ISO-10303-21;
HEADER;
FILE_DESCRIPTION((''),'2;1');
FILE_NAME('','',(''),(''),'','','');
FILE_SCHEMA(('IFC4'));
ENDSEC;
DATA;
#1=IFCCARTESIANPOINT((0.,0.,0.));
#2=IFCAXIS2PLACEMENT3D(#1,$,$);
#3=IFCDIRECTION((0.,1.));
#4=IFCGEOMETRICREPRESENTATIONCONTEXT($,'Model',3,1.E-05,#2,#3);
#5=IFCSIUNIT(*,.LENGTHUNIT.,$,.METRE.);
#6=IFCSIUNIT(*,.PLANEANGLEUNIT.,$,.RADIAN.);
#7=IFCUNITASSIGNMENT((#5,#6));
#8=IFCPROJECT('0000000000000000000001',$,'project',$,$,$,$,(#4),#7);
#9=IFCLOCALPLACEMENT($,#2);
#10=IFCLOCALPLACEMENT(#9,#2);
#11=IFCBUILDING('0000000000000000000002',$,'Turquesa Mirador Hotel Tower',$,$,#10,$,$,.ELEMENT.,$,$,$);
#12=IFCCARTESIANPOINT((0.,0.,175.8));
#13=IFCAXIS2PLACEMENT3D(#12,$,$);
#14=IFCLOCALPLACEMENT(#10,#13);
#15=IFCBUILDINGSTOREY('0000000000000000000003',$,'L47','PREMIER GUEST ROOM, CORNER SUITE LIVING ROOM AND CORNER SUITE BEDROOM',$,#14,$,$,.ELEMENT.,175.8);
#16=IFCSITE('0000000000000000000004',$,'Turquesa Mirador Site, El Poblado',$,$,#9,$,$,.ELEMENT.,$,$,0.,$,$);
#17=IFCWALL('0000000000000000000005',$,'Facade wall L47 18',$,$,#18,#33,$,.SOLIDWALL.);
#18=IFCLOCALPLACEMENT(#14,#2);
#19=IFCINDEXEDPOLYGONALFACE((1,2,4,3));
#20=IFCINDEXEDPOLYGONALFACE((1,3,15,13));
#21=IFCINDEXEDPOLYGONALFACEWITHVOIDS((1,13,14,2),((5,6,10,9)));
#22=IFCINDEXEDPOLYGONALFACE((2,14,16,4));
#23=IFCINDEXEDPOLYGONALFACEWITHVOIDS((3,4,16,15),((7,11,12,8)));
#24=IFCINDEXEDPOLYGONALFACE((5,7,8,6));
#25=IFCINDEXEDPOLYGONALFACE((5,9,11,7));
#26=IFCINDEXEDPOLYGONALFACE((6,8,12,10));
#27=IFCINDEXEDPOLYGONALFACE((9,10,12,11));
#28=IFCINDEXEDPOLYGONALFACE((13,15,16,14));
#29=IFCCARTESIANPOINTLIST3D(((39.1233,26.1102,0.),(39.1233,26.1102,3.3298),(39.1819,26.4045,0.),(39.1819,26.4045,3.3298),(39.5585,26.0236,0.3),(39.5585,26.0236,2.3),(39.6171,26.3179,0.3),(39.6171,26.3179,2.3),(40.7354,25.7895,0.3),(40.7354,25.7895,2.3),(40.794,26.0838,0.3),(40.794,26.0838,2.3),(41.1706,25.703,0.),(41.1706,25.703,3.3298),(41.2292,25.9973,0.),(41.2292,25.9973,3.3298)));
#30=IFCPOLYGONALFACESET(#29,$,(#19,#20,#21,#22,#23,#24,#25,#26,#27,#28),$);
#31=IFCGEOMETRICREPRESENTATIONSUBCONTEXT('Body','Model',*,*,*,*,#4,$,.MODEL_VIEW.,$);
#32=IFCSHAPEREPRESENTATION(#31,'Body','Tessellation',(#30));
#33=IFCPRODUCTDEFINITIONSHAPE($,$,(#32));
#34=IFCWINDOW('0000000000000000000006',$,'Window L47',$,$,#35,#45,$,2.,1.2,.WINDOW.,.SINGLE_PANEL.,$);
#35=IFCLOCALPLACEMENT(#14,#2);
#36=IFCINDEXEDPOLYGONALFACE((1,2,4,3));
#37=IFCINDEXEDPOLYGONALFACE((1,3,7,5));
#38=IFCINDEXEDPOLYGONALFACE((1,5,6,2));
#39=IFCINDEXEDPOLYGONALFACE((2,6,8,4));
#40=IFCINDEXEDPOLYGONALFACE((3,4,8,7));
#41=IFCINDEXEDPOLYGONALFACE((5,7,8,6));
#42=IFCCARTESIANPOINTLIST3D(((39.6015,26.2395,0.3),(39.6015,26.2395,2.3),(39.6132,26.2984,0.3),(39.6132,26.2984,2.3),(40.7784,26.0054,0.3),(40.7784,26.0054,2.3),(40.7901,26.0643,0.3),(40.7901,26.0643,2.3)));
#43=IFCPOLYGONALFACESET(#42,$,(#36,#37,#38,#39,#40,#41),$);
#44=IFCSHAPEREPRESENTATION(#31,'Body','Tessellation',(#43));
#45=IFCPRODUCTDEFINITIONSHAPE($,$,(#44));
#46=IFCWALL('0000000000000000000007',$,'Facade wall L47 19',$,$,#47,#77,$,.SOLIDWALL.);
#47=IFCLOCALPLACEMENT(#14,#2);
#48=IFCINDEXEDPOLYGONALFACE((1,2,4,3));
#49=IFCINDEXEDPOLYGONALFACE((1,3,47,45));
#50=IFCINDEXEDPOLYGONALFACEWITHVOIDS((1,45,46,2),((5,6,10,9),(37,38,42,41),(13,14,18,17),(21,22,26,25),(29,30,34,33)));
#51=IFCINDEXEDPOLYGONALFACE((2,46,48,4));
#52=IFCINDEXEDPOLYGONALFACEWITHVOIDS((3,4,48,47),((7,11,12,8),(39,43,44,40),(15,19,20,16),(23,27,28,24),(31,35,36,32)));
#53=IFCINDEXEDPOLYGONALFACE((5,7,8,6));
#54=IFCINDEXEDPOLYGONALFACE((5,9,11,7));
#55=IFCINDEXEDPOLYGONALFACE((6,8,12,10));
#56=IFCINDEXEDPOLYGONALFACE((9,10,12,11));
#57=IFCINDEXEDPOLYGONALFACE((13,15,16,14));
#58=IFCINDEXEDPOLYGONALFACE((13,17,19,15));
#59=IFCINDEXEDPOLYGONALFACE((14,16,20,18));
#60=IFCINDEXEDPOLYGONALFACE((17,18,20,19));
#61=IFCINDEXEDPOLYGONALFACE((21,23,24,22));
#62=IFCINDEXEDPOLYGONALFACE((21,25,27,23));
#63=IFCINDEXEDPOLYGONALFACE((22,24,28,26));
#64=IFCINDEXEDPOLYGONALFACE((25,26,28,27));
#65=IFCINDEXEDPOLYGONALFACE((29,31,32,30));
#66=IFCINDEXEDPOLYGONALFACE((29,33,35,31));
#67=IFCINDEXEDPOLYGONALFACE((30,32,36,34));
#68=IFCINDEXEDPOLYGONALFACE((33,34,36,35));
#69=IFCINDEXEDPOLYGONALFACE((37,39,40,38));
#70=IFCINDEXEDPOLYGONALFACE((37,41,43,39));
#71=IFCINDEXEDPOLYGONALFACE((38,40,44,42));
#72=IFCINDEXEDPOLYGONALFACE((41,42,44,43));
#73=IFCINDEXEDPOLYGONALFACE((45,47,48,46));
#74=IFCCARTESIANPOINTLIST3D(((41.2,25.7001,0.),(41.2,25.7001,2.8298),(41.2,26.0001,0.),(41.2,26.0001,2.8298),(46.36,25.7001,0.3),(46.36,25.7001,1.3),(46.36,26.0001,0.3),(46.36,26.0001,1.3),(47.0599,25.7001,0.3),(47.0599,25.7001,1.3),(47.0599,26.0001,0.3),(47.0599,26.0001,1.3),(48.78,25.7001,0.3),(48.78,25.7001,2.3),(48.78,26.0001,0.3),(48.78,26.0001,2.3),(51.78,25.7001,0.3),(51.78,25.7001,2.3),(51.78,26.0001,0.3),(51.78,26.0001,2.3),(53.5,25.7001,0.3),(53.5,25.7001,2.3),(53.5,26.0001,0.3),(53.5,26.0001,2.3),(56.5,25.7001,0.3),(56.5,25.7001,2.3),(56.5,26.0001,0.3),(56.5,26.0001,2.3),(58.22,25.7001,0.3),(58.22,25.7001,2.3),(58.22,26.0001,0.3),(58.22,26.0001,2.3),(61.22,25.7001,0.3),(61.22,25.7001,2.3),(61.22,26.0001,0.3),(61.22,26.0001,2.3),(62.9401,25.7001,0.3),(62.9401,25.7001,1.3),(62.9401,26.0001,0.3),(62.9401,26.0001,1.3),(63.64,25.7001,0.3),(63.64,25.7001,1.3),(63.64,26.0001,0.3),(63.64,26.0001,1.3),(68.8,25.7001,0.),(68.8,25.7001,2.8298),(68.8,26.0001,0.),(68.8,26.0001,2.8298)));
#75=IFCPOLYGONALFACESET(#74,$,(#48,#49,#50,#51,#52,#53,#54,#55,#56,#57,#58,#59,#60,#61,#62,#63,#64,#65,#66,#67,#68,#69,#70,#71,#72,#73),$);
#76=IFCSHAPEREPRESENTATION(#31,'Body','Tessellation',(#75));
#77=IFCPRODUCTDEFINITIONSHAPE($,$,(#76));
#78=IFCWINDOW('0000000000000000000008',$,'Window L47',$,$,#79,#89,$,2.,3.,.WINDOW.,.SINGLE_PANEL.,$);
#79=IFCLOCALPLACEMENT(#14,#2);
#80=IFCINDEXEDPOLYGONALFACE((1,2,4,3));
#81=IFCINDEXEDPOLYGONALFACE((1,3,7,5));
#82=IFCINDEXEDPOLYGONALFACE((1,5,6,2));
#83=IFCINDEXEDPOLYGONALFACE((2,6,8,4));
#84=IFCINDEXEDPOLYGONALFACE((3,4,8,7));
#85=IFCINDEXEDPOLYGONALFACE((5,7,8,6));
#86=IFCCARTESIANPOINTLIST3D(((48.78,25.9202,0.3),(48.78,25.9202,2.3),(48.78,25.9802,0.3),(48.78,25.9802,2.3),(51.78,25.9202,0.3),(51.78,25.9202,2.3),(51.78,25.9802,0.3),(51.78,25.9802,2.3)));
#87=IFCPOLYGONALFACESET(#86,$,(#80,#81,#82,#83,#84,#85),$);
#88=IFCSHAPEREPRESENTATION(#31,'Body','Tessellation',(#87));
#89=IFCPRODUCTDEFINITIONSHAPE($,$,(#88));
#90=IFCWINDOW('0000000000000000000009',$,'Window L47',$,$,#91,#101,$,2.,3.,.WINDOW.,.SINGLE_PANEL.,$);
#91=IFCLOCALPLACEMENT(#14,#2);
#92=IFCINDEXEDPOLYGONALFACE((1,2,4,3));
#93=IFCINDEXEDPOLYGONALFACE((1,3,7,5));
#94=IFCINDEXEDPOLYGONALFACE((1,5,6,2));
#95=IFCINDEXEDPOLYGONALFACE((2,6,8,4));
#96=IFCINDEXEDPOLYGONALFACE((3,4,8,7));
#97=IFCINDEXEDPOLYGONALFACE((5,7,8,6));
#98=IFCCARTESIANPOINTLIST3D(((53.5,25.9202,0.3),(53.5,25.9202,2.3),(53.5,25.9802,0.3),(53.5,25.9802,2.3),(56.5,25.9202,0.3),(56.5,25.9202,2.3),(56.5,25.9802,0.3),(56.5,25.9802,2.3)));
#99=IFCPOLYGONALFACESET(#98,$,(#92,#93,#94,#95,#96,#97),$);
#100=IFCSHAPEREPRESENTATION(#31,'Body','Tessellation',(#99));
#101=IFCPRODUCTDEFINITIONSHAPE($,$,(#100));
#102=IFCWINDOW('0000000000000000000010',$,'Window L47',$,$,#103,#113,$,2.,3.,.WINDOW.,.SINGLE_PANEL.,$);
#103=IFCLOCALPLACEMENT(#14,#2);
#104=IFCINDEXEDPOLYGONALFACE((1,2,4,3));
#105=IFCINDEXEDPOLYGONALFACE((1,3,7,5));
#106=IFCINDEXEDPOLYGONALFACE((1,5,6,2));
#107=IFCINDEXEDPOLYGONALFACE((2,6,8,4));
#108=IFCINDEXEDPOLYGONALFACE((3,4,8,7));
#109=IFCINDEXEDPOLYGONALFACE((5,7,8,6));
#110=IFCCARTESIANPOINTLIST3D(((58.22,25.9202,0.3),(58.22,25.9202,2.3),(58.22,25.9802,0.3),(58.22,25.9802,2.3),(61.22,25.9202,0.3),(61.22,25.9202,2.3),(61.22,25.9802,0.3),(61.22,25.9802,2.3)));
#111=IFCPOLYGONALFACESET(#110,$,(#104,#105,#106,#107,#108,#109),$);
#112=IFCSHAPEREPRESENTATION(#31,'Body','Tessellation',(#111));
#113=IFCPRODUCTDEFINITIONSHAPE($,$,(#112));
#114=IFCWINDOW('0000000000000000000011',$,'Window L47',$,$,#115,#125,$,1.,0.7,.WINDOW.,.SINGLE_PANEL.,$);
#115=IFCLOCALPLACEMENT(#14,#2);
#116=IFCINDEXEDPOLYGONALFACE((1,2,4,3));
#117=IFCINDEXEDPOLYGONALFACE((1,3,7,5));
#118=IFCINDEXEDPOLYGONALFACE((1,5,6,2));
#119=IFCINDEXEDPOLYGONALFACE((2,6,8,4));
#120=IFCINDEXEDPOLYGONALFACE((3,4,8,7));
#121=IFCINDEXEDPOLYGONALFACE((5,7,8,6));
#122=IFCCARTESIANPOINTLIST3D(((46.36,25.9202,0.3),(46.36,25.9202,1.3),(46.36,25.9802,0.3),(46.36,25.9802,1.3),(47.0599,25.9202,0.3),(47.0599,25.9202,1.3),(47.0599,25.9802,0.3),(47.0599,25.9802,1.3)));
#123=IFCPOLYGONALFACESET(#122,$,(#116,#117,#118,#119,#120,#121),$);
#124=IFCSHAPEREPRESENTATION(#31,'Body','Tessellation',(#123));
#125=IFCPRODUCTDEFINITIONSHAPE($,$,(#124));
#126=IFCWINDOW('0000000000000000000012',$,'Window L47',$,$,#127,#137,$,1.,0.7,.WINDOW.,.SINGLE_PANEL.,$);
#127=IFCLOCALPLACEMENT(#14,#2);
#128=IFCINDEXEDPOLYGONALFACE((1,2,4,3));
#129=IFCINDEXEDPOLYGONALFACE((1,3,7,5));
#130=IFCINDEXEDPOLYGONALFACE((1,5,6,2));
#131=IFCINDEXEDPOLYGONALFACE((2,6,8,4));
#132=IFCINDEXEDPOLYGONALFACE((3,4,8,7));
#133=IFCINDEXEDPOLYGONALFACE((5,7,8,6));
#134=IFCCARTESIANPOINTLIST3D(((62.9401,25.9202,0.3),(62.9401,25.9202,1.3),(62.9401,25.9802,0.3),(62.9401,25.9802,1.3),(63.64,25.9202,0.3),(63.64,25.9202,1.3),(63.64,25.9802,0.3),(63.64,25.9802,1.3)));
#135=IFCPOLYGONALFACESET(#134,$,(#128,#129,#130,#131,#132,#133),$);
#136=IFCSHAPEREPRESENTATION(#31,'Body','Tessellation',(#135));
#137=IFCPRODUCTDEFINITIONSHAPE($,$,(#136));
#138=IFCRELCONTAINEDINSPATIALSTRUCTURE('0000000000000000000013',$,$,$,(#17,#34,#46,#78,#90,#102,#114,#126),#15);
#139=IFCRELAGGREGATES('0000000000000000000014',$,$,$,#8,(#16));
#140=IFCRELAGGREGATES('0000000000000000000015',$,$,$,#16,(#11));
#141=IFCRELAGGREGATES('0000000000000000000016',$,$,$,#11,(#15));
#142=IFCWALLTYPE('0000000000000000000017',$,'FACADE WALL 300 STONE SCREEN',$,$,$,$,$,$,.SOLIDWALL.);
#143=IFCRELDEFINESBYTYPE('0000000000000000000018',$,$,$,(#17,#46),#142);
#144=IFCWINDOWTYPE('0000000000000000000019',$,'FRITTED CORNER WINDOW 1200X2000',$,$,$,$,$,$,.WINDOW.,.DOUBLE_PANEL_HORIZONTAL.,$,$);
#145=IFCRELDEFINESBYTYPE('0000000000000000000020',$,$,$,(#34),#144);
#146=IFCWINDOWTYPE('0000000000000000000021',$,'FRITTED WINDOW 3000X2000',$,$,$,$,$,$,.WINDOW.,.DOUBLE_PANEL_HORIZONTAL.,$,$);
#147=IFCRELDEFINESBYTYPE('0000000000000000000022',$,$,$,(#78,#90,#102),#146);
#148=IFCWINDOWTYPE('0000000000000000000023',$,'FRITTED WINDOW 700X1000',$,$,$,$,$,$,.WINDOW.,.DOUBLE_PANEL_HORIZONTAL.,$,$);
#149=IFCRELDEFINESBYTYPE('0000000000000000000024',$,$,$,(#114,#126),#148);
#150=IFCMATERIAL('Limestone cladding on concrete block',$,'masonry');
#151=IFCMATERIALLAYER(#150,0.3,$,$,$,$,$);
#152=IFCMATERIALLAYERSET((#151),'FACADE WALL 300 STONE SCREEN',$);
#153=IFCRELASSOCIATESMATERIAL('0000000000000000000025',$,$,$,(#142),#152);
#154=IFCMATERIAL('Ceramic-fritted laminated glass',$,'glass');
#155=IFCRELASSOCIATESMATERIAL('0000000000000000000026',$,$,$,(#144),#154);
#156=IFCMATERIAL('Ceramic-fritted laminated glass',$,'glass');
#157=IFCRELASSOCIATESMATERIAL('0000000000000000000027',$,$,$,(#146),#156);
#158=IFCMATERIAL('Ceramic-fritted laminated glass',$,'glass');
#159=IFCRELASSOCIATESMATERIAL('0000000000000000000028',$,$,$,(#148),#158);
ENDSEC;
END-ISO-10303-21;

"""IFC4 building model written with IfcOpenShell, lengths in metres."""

from ifc_helpers import new_model, si_unit, direction, frame, frame_2d, origin, place, context, subcontext, project, spatial, rectangle, extrude, material, layer, layer_set, type_object, element, fill, save


model = new_model("IFC4")

# Units and contexts
model_context = context("Model", 3, precision=1e-05, world=origin(), true_north=direction((0.0, 1.0)))
body_context = subcontext(model_context, "Body", "Model", "MODEL_VIEW")
ifc_project = project(units=[si_unit("LENGTHUNIT", "METRE"), si_unit("PLANEANGLEUNIT", "RADIAN")], contexts=[model_context])

# Site, building, storey
site_placement = place(None, origin())
site = spatial("IfcSite", under=ifc_project, at=site_placement, Name="Turquesa Mirador Site, El Poblado", CompositionType="ELEMENT", RefElevation=0.0)
building_placement = place(site_placement, origin())
building = spatial("IfcBuilding", under=site, at=building_placement, Name="Turquesa Mirador Hotel Tower", CompositionType="ELEMENT")
storey_placement = place(building_placement, frame((0.0, 0.0, 175.8)))
storey = spatial("IfcBuildingStorey", under=building, at=storey_placement, Name="L47", Description="PREMIER GUEST ROOM, CORNER SUITE LIVING ROOM AND CORNER SUITE BEDROOM", CompositionType="ELEMENT", Elevation=175.8)

# Wall, opening, window
ifc_material_1 = material(Name="Limestone cladding on concrete block", Category="masonry")
ifc_layer_1 = layer(ifc_material_1, 0.3)
ifc_layer_set_1 = layer_set([ifc_layer_1], Name="FACADE WALL 300 STONE SCREEN")
wall_type_1 = type_object("IfcWallType", Name="FACADE WALL 300 STONE SCREEN", PredefinedType="SOLIDWALL", material=ifc_layer_set_1)
ifc_material_2 = material(Name="Ceramic-fritted laminated glass", Category="glass")
window_type_1 = type_object("IfcWindowType", Name="FRITTED CORNER WINDOW 1200X2000", PartitioningType="DOUBLE_PANEL_HORIZONTAL", PredefinedType="WINDOW", material=ifc_material_2)
wall_1_placement = place(storey_placement, frame((39.1526, 26.2573, 0.0), z_axis=(0.0, 0.0, 1.0), x_axis=(0.980787, -0.195081, 0.0)))
wall_1 = element("IfcWall", 1, at=wall_1_placement, inside=storey, type_object=wall_type_1, Name="Facade wall L47 18", PredefinedType="SOLIDWALL", context=body_context, shape_type="SweptSolid", body=[
    extrude(rectangle(XDim=2.0874, YDim=0.3, at=frame_2d((1.0437, 0.0))), origin(), (0.0, 0.0, 1.0), 3.3298),
])
opening_1_placement = place(wall_1_placement, frame((0.4436, 0.0, 0.3)))
opening_1 = element("IfcOpeningElement", 2, at=opening_1_placement, cuts=wall_1, PredefinedType="OPENING", context=body_context, shape_type="SweptSolid", body=[
    extrude(rectangle(XDim=1.2, YDim=2.0, at=frame_2d((0.6001, 1.0))), frame((0.0, 0.1599, 0.0), z_axis=(0.0, -1.0, 0.0), x_axis=(1.0, 0.0, 0.0)), (0.0, 0.0, 1.0), 0.3201),
])
window_1_placement = place(opening_1_placement, origin())
window_1 = element("IfcWindow", 3, at=window_1_placement, inside=storey, type_object=window_type_1, Name="Window L47", OverallHeight=2.0, OverallWidth=1.2, PartitioningType="SINGLE_PANEL", PredefinedType="WINDOW", context=body_context, shape_type="SweptSolid", body=[
    extrude(rectangle(XDim=1.2, YDim=2.0, at=frame_2d((0.6001, 1.0))), frame((0.0, 0.1301, 0.0), z_axis=(0.0, -1.0, 0.0), x_axis=(1.0, 0.0, 0.0)), (0.0, 0.0, 1.0), 0.0601),
])
fill(opening_1, window_1)

# Wall, openings, windows
wall_2_placement = place(storey_placement, frame((41.2, 25.8501, 0.0), z_axis=(0.0, 0.0, 1.0), x_axis=(1.0, 0.0, 0.0)))
wall_2 = element("IfcWall", 4, at=wall_2_placement, inside=storey, type_object=wall_type_1, Name="Facade wall L47 19", PredefinedType="SOLIDWALL", context=body_context, shape_type="SweptSolid", body=[
    extrude(rectangle(XDim=27.6001, YDim=0.3, at=frame_2d((13.8, 0.0))), origin(), (0.0, 0.0, 1.0), 2.8298),
])
opening_2_placement = place(wall_2_placement, frame((5.1599, 0.0, 0.3)))
opening_2 = element("IfcOpeningElement", 5, at=opening_2_placement, cuts=wall_2, PredefinedType="OPENING", context=body_context, shape_type="SweptSolid", body=[
    extrude(rectangle(XDim=0.7, YDim=1.0, at=frame_2d((0.3501, 0.5))), frame((0.0, 0.1599, 0.0), z_axis=(0.0, -1.0, 0.0), x_axis=(1.0, 0.0, 0.0)), (0.0, 0.0, 1.0), 0.3201),
])
opening_3_placement = place(wall_2_placement, frame((7.5801, 0.0, 0.3)))
opening_3 = element("IfcOpeningElement", 6, at=opening_3_placement, cuts=wall_2, PredefinedType="OPENING", context=body_context, shape_type="SweptSolid", body=[
    extrude(rectangle(XDim=3.0, YDim=2.0, at=frame_2d((1.5, 1.0))), frame((0.0, 0.1599, 0.0), z_axis=(0.0, -1.0, 0.0), x_axis=(1.0, 0.0, 0.0)), (0.0, 0.0, 1.0), 0.3201),
])
opening_4_placement = place(wall_2_placement, frame((12.3, 0.0, 0.3)))
opening_4 = element("IfcOpeningElement", 7, at=opening_4_placement, cuts=wall_2, PredefinedType="OPENING", context=body_context, shape_type="SweptSolid", body=[
    extrude(rectangle(XDim=3.0, YDim=2.0, at=frame_2d((1.5, 1.0))), frame((0.0, 0.1599, 0.0), z_axis=(0.0, -1.0, 0.0), x_axis=(1.0, 0.0, 0.0)), (0.0, 0.0, 1.0), 0.3201),
])
opening_5_placement = place(wall_2_placement, frame((17.02, 0.0, 0.3)))
opening_5 = element("IfcOpeningElement", 8, at=opening_5_placement, cuts=wall_2, PredefinedType="OPENING", context=body_context, shape_type="SweptSolid", body=[
    extrude(rectangle(XDim=3.0, YDim=2.0, at=frame_2d((1.5, 1.0))), frame((0.0, 0.1599, 0.0), z_axis=(0.0, -1.0, 0.0), x_axis=(1.0, 0.0, 0.0)), (0.0, 0.0, 1.0), 0.3201),
])
opening_6_placement = place(wall_2_placement, frame((21.74, 0.0, 0.3)))
opening_6 = element("IfcOpeningElement", 9, at=opening_6_placement, cuts=wall_2, PredefinedType="OPENING", context=body_context, shape_type="SweptSolid", body=[
    extrude(rectangle(XDim=0.7, YDim=1.0, at=frame_2d((0.3501, 0.5))), frame((0.0, 0.1599, 0.0), z_axis=(0.0, -1.0, 0.0), x_axis=(1.0, 0.0, 0.0)), (0.0, 0.0, 1.0), 0.3201),
])
ifc_material_3 = material(Name="Ceramic-fritted laminated glass", Category="glass")
window_type_2 = type_object("IfcWindowType", Name="FRITTED WINDOW 3000X2000", PartitioningType="DOUBLE_PANEL_HORIZONTAL", PredefinedType="WINDOW", material=ifc_material_3)
window_2_placement = place(opening_3_placement, origin())
window_2 = element("IfcWindow", 10, at=window_2_placement, inside=storey, type_object=window_type_2, Name="Window L47", OverallHeight=2.0, OverallWidth=3.0, PartitioningType="SINGLE_PANEL", PredefinedType="WINDOW", context=body_context, shape_type="SweptSolid", body=[
    extrude(rectangle(XDim=3.0, YDim=2.0, at=frame_2d((1.5, 1.0))), frame((0.0, 0.1301, 0.0), z_axis=(0.0, -1.0, 0.0), x_axis=(1.0, 0.0, 0.0)), (0.0, 0.0, 1.0), 0.0601),
])
fill(opening_3, window_2)
window_3_placement = place(opening_4_placement, origin())
window_3 = element("IfcWindow", 11, at=window_3_placement, inside=storey, type_object=window_type_2, Name="Window L47", OverallHeight=2.0, OverallWidth=3.0, PartitioningType="SINGLE_PANEL", PredefinedType="WINDOW", context=body_context, shape_type="SweptSolid", body=[
    extrude(rectangle(XDim=3.0, YDim=2.0, at=frame_2d((1.5, 1.0))), frame((0.0, 0.1301, 0.0), z_axis=(0.0, -1.0, 0.0), x_axis=(1.0, 0.0, 0.0)), (0.0, 0.0, 1.0), 0.0601),
])
fill(opening_4, window_3)
window_4_placement = place(opening_5_placement, origin())
window_4 = element("IfcWindow", 12, at=window_4_placement, inside=storey, type_object=window_type_2, Name="Window L47", OverallHeight=2.0, OverallWidth=3.0, PartitioningType="SINGLE_PANEL", PredefinedType="WINDOW", context=body_context, shape_type="SweptSolid", body=[
    extrude(rectangle(XDim=3.0, YDim=2.0, at=frame_2d((1.5, 1.0))), frame((0.0, 0.1301, 0.0), z_axis=(0.0, -1.0, 0.0), x_axis=(1.0, 0.0, 0.0)), (0.0, 0.0, 1.0), 0.0601),
])
fill(opening_5, window_4)
ifc_material_4 = material(Name="Ceramic-fritted laminated glass", Category="glass")
window_type_3 = type_object("IfcWindowType", Name="FRITTED WINDOW 700X1000", PartitioningType="DOUBLE_PANEL_HORIZONTAL", PredefinedType="WINDOW", material=ifc_material_4)
window_5_placement = place(opening_2_placement, origin())
window_5 = element("IfcWindow", 13, at=window_5_placement, inside=storey, type_object=window_type_3, Name="Window L47", OverallHeight=1.0, OverallWidth=0.7, PartitioningType="SINGLE_PANEL", PredefinedType="WINDOW", context=body_context, shape_type="SweptSolid", body=[
    extrude(rectangle(XDim=0.7, YDim=1.0, at=frame_2d((0.3501, 0.5))), frame((0.0, 0.1301, 0.0), z_axis=(0.0, -1.0, 0.0), x_axis=(1.0, 0.0, 0.0)), (0.0, 0.0, 1.0), 0.0601),
])
fill(opening_2, window_5)
window_6_placement = place(opening_6_placement, origin())
window_6 = element("IfcWindow", 14, at=window_6_placement, inside=storey, type_object=window_type_3, Name="Window L47", OverallHeight=1.0, OverallWidth=0.7, PartitioningType="SINGLE_PANEL", PredefinedType="WINDOW", context=body_context, shape_type="SweptSolid", body=[
    extrude(rectangle(XDim=0.7, YDim=1.0, at=frame_2d((0.3501, 0.5))), frame((0.0, 0.1301, 0.0), z_axis=(0.0, -1.0, 0.0), x_axis=(1.0, 0.0, 0.0)), (0.0, 0.0, 1.0), 0.0601),
])
fill(opening_6, window_6)

save(model, "model.ifc")
